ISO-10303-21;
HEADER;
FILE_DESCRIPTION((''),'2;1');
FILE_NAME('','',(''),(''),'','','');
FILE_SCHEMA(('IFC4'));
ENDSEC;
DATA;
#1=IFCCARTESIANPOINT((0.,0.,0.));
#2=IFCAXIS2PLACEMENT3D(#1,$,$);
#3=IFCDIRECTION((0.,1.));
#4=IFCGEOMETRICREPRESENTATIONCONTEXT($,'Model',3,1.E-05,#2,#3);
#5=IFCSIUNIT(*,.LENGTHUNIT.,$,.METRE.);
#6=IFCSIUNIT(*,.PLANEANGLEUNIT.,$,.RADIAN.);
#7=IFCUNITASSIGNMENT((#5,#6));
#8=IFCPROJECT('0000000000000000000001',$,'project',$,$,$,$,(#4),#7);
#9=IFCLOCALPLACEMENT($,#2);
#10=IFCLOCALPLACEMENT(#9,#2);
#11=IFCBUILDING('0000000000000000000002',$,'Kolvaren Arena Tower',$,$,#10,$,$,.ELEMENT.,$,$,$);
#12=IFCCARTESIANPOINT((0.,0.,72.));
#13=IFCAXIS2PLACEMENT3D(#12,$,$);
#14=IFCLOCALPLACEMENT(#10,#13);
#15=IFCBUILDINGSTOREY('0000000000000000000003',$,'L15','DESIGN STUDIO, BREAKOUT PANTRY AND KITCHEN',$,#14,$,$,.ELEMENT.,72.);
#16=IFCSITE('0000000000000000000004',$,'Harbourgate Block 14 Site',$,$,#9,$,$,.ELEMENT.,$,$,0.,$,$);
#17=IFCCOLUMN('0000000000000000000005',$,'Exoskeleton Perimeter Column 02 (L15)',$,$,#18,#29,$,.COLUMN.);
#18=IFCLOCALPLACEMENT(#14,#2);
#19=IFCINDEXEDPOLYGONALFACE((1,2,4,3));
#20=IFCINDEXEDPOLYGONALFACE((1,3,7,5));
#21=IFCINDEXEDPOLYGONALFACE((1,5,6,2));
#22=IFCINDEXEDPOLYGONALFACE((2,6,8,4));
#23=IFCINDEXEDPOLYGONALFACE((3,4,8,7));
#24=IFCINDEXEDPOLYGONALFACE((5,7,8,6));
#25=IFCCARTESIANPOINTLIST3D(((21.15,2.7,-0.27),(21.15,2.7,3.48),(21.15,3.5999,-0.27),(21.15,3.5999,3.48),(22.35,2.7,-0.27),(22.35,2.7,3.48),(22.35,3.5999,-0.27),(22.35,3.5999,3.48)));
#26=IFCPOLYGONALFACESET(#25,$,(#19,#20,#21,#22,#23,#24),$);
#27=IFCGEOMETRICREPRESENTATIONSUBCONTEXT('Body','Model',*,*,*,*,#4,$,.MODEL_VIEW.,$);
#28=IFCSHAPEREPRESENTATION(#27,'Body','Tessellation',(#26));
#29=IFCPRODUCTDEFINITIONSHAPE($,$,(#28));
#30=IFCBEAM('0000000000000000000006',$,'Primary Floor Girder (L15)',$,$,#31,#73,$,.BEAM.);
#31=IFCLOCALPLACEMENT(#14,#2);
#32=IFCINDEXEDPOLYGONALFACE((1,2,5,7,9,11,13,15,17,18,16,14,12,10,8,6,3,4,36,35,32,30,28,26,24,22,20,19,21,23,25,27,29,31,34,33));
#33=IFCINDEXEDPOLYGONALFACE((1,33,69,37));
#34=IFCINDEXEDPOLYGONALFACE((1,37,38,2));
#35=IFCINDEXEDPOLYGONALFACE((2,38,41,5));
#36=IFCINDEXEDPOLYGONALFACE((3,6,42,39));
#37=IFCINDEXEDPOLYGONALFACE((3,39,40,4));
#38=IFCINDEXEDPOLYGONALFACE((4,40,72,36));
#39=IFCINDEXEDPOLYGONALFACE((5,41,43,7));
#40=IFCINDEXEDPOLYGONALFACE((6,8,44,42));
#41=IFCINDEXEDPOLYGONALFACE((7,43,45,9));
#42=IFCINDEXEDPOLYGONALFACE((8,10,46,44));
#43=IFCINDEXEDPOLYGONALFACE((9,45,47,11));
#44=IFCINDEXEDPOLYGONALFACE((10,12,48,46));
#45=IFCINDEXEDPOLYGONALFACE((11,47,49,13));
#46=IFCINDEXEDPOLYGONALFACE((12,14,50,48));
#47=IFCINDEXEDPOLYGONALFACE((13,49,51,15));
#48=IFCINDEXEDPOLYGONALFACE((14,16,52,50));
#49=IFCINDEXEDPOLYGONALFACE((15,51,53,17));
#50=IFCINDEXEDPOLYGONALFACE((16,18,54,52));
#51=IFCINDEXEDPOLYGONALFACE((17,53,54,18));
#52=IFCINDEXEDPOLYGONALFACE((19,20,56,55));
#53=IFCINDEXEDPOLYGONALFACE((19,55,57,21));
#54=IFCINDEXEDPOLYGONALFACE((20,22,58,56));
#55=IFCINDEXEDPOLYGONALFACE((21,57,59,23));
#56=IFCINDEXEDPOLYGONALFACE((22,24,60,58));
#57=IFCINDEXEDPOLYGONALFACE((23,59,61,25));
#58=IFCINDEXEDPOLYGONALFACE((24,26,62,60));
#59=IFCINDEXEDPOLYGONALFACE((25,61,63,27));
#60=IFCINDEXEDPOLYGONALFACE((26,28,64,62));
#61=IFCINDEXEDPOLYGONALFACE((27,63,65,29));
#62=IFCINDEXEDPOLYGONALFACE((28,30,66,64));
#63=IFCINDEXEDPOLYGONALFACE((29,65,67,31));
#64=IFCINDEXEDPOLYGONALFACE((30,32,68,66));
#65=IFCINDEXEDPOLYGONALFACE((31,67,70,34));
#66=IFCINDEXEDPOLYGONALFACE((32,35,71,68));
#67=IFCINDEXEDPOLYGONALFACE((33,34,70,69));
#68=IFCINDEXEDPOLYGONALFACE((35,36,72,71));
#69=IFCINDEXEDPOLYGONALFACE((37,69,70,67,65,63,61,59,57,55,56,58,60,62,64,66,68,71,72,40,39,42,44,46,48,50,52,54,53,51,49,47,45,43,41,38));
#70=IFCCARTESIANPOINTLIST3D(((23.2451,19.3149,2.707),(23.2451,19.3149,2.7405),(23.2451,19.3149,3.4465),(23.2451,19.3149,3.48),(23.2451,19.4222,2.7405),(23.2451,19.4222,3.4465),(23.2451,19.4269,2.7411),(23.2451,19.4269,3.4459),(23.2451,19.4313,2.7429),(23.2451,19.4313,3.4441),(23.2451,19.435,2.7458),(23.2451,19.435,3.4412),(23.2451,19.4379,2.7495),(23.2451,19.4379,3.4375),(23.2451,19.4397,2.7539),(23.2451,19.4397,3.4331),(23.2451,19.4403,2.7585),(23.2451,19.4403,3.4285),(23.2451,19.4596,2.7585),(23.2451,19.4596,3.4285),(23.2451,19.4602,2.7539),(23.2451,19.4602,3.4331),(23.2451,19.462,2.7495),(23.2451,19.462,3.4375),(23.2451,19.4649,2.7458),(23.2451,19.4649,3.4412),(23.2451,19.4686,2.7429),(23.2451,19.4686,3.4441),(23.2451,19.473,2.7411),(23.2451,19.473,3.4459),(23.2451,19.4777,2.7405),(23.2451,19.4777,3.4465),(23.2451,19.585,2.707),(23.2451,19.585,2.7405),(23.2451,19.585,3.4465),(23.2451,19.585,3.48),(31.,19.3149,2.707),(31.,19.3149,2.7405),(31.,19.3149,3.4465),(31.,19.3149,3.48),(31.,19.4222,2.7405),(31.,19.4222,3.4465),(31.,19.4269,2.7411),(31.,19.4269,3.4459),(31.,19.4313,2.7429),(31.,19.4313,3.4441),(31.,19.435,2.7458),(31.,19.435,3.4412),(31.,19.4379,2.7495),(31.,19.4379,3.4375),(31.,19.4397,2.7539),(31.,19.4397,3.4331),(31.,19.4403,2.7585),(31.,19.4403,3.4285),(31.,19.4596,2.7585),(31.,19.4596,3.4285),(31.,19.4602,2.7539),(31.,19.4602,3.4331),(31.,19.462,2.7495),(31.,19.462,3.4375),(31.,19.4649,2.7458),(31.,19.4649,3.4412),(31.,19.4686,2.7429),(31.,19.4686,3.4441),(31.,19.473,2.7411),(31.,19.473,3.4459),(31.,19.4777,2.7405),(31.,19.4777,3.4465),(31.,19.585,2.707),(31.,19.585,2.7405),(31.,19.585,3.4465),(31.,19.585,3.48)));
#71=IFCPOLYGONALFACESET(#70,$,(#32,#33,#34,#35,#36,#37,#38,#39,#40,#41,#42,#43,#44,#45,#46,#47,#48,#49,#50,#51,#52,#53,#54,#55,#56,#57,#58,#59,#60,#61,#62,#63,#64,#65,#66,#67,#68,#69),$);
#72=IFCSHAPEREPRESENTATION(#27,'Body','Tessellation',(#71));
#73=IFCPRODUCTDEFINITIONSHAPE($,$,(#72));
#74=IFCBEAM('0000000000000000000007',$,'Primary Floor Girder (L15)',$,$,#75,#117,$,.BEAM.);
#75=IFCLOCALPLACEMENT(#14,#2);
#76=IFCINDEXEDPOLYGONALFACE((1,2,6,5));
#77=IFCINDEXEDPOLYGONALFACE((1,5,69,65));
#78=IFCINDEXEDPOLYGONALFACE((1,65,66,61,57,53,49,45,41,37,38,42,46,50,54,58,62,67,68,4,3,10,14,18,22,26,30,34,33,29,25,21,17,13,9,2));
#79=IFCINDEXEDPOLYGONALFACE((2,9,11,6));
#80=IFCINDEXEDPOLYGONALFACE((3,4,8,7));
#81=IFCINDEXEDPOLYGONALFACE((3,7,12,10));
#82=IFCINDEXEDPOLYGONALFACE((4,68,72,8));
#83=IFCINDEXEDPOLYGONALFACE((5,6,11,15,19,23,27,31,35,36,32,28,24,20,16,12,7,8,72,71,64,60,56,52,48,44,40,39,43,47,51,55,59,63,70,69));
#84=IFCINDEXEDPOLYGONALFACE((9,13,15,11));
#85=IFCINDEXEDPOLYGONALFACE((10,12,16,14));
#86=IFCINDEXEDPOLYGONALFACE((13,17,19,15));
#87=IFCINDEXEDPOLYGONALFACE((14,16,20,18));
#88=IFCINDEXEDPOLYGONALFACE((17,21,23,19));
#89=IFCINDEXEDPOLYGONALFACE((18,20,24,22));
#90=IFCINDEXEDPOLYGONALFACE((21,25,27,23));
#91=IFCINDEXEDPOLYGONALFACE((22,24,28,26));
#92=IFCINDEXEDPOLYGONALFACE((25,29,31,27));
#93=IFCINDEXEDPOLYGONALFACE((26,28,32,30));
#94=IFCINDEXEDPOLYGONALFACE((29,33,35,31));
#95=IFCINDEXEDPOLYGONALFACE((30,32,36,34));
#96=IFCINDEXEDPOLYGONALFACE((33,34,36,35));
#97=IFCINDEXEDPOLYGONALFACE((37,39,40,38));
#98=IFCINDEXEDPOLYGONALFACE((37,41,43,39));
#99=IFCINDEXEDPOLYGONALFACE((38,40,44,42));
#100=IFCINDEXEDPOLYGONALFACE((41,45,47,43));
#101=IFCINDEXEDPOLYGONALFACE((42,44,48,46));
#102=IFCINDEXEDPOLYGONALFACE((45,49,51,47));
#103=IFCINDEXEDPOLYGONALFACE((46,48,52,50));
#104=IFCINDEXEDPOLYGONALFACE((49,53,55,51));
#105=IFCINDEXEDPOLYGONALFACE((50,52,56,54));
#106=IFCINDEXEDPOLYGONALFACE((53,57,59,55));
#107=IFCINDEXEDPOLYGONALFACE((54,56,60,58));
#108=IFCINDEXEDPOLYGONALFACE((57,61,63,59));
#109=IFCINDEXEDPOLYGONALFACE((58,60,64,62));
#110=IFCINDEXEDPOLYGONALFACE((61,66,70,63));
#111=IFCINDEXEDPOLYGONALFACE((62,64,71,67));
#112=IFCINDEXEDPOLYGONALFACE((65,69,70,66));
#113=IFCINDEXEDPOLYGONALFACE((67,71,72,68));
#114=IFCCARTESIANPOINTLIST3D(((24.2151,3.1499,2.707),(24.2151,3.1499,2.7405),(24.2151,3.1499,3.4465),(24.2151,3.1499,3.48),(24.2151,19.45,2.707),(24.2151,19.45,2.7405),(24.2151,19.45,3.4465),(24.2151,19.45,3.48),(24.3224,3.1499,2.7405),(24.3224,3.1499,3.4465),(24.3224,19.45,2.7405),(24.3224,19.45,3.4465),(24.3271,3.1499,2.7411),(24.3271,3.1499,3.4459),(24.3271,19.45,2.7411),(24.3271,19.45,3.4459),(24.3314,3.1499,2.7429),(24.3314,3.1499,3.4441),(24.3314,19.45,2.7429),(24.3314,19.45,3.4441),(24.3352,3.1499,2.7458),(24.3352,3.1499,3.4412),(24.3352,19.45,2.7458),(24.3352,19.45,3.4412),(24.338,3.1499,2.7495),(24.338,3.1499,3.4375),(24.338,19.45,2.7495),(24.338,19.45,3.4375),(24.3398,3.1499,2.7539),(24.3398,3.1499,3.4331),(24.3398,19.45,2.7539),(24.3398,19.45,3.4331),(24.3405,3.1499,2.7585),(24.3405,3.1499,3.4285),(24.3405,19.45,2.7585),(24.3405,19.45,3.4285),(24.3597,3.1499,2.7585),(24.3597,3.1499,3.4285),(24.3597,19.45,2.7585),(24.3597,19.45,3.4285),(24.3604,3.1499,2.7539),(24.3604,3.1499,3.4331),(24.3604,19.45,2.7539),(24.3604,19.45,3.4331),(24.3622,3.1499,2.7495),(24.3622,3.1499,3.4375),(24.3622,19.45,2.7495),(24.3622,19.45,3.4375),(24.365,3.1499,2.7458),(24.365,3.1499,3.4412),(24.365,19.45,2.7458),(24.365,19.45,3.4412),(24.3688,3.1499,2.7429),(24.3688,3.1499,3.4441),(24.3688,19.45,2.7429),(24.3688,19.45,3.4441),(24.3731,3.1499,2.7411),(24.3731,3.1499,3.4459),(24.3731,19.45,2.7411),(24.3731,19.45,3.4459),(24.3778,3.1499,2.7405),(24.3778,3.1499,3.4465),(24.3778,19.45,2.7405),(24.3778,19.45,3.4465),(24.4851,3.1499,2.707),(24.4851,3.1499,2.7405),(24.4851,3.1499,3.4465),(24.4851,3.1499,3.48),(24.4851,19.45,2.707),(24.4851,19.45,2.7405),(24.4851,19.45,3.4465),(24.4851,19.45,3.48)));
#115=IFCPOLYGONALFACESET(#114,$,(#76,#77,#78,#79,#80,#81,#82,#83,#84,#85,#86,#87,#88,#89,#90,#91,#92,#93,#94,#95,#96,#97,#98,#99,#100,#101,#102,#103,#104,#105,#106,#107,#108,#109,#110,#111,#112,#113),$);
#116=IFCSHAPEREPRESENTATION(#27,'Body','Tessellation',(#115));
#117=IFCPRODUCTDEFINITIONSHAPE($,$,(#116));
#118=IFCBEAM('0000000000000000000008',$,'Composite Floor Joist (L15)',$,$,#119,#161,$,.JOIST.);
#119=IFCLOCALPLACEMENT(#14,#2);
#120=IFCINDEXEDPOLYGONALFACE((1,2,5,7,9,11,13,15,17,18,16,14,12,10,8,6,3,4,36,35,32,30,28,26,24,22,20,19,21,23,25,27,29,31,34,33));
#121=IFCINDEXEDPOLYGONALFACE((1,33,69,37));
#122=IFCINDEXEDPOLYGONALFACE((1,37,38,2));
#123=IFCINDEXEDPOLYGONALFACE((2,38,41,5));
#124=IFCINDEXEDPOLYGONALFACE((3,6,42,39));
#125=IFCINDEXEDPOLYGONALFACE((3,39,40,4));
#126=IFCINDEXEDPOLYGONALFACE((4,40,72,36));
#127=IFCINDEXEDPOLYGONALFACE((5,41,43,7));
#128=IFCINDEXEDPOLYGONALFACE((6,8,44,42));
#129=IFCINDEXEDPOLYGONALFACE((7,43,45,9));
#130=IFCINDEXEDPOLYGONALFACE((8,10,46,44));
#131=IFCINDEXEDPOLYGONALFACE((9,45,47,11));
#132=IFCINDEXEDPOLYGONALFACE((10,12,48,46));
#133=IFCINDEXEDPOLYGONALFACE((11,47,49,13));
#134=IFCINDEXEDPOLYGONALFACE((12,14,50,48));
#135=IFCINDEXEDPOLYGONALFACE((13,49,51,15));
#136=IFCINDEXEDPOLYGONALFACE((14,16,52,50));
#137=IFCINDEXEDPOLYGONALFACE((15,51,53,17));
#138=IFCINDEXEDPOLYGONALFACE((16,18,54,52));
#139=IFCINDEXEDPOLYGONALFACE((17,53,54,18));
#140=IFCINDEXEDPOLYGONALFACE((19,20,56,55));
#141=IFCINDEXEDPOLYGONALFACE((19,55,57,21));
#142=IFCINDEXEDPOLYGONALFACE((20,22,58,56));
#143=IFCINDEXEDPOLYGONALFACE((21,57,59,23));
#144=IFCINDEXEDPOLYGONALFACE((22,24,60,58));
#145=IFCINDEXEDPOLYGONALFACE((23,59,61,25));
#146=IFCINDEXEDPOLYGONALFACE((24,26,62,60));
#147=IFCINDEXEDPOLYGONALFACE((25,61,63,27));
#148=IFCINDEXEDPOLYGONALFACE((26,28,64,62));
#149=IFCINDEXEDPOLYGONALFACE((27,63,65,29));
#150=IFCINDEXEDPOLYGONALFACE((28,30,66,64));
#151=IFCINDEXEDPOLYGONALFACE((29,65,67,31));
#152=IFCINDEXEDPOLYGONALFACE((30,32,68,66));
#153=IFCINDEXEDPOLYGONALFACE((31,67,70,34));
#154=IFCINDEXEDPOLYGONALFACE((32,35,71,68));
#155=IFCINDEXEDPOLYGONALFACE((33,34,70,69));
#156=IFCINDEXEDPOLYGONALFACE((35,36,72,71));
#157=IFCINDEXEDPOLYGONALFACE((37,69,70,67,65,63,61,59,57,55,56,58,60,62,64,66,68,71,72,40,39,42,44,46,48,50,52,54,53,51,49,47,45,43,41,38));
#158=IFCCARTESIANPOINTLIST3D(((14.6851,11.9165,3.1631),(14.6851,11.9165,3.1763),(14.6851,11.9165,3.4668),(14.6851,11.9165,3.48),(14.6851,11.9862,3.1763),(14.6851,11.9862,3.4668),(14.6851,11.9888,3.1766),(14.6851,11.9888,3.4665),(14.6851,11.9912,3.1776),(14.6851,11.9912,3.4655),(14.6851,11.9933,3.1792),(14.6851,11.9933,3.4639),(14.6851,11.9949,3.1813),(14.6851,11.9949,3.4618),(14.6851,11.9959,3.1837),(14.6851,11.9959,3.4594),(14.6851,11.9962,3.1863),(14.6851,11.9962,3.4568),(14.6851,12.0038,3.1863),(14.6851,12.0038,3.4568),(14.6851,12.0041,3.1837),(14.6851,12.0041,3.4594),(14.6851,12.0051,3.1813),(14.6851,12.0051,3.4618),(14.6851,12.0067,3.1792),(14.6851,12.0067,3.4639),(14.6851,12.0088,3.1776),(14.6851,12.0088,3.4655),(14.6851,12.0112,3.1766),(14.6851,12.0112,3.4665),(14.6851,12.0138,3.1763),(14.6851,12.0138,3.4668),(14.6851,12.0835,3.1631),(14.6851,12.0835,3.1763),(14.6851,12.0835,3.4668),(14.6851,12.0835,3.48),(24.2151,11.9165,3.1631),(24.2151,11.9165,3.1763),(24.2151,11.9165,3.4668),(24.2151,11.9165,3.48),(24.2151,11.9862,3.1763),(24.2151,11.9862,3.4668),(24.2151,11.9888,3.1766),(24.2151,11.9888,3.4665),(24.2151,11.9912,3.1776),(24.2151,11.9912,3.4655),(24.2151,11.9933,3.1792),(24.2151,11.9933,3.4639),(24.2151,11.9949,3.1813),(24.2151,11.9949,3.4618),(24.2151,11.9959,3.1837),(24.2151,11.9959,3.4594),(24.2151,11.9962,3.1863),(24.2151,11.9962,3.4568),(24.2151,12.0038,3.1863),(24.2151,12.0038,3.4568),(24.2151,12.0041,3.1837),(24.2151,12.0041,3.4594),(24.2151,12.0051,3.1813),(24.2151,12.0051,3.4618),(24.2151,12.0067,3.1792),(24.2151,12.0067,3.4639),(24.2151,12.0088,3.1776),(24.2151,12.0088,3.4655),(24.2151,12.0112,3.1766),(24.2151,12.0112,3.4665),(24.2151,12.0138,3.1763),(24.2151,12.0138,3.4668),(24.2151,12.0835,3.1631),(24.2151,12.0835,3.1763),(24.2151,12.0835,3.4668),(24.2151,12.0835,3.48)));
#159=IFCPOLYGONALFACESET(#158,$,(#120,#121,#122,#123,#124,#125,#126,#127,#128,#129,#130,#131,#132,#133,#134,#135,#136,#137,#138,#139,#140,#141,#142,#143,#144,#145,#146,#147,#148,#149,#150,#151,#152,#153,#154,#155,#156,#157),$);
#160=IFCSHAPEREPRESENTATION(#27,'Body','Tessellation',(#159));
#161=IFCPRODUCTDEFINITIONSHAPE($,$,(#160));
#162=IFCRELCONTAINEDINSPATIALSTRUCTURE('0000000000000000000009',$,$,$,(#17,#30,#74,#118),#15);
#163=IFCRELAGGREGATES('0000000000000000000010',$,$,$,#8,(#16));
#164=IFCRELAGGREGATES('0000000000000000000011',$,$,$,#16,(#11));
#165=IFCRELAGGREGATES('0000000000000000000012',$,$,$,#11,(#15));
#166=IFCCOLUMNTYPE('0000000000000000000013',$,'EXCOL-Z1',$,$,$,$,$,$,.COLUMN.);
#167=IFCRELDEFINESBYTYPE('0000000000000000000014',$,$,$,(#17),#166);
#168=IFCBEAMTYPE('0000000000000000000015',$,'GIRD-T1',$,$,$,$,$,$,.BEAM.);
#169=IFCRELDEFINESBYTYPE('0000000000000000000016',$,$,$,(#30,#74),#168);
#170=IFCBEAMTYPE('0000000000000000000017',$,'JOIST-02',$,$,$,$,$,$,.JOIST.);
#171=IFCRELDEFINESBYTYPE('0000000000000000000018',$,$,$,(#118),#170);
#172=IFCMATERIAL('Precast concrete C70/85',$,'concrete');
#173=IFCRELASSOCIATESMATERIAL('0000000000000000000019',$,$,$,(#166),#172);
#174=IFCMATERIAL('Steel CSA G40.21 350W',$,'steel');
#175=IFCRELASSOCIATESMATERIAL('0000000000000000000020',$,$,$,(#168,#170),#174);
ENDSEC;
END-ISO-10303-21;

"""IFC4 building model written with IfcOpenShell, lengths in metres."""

from ifc_helpers import new_model, si_unit, direction, frame, origin, origin_2d, place, context, subcontext, project, spatial, rectangle, i_section, extrude, material, material_profile, profile_set, type_object, element, save


model = new_model("IFC4")

# Units and contexts
model_context = context("Model", 3, precision=1e-05, world=origin(), true_north=direction((0.0, 1.0)))
body_context = subcontext(model_context, "Body", "Model", "MODEL_VIEW")
ifc_project = project(units=[si_unit("LENGTHUNIT", "METRE"), si_unit("PLANEANGLEUNIT", "RADIAN")], contexts=[model_context])

# Site, building, storey
site_placement = place(None, origin())
site = spatial("IfcSite", under=ifc_project, at=site_placement, Name="Harbourgate Block 14 Site", CompositionType="ELEMENT", RefElevation=0.0)
building_placement = place(site_placement, origin())
building = spatial("IfcBuilding", under=site, at=building_placement, Name="Kolvaren Arena Tower", CompositionType="ELEMENT")
storey_placement = place(building_placement, frame((0.0, 0.0, 72.0)))
storey = spatial("IfcBuildingStorey", under=building, at=storey_placement, Name="L15", Description="DESIGN STUDIO, BREAKOUT PANTRY AND KITCHEN", CompositionType="ELEMENT", Elevation=72.0)

# Column
ifc_material_1 = material(Name="Precast concrete C70/85", Category="concrete")
ifc_material_profile_1 = material_profile(ifc_material_1, rectangle(XDim=1.2, YDim=0.8999, at=origin_2d()), Name="RC-1200x900")
ifc_profile_set_1 = profile_set([ifc_material_profile_1], Name="Precast concrete C70/85")
column_type = type_object("IfcColumnType", Name="EXCOL-Z1", PredefinedType="COLUMN", material=ifc_profile_set_1)
column_placement = place(storey_placement, frame((21.75, 3.1499, -0.27), z_axis=(0.0, 0.0, 1.0), x_axis=(1.0, 0.0, 0.0)))
element("IfcColumn", 1, at=column_placement, inside=storey, type_object=column_type, Name="Exoskeleton Perimeter Column 02 (L15)", PredefinedType="COLUMN", context=body_context, shape_type="SweptSolid", body=[
    extrude(rectangle(XDim=1.2, YDim=0.8999, at=origin_2d()), origin(), (0.0, 0.0, 1.0), 3.75),
])

# Beams
ifc_material_2 = material(Name="Steel CSA G40.21 350W", Category="steel")
ifc_material_profile_2 = material_profile(ifc_material_2, i_section(OverallWidth=0.27, OverallDepth=0.7729, WebThickness=0.0193, FlangeThickness=0.0334, FilletRadius=0.0181, at=origin_2d()), Name="W760x257")
ifc_profile_set_2 = profile_set([ifc_material_profile_2], Name="Steel CSA G40.21 350W")
beam_type_1 = type_object("IfcBeamType", Name="GIRD-T1", PredefinedType="BEAM", material=ifc_profile_set_2)
beam_1_placement = place(storey_placement, frame((23.2451, 19.45, 3.0935), z_axis=(1.0, 0.0, 0.0), x_axis=(0.0, 1.0, 0.0)))
element("IfcBeam", 2, at=beam_1_placement, inside=storey, type_object=beam_type_1, Name="Primary Floor Girder (L15)", PredefinedType="BEAM", context=body_context, shape_type="SweptSolid", body=[
    extrude(i_section(OverallWidth=0.27, OverallDepth=0.7729, WebThickness=0.0193, FlangeThickness=0.0334, FilletRadius=0.0181, at=origin_2d()), origin(), (0.0, 0.0, 1.0), 7.7549),
])
beam_2_placement = place(storey_placement, frame((24.3501, 3.1499, 3.0935), z_axis=(0.0, 1.0, 0.0), x_axis=(-1.0, 0.0, 0.0)))
element("IfcBeam", 3, at=beam_2_placement, inside=storey, type_object=beam_type_1, Name="Primary Floor Girder (L15)", PredefinedType="BEAM", context=body_context, shape_type="SweptSolid", body=[
    extrude(i_section(OverallWidth=0.27, OverallDepth=0.7729, WebThickness=0.0193, FlangeThickness=0.0334, FilletRadius=0.0181, at=origin_2d()), origin(), (0.0, 0.0, 1.0), 16.3),
])
ifc_material_profile_3 = material_profile(ifc_material_2, i_section(OverallWidth=0.167, OverallDepth=0.3169, WebThickness=0.0076, FlangeThickness=0.0132, FilletRadius=0.01, at=origin_2d()), Name="W310x52")
ifc_profile_set_3 = profile_set([ifc_material_profile_3], Name="Steel CSA G40.21 350W")
beam_type_2 = type_object("IfcBeamType", Name="JOIST-02", PredefinedType="JOIST", material=ifc_profile_set_3)
for number, where, z_axis, x_axis, name in (
    (4, (14.6851, 12.0, 3.3215), (1.0, 0.0, 0.0), (0.0, 1.0, 0.0), "Composite Floor Joist (L15)"),
):
    element("IfcBeam", number, at=place(storey_placement, frame(where, z_axis=z_axis, x_axis=x_axis)), inside=storey, type_object=beam_type_2, Name=name, PredefinedType="JOIST", context=body_context, shape_type="SweptSolid", body=[
        extrude(i_section(OverallWidth=0.167, OverallDepth=0.3169, WebThickness=0.0076, FlangeThickness=0.0132, FilletRadius=0.01, at=origin_2d()), origin(), (0.0, 0.0, 1.0), 9.53),
    ])

save(model, "model.ifc")
